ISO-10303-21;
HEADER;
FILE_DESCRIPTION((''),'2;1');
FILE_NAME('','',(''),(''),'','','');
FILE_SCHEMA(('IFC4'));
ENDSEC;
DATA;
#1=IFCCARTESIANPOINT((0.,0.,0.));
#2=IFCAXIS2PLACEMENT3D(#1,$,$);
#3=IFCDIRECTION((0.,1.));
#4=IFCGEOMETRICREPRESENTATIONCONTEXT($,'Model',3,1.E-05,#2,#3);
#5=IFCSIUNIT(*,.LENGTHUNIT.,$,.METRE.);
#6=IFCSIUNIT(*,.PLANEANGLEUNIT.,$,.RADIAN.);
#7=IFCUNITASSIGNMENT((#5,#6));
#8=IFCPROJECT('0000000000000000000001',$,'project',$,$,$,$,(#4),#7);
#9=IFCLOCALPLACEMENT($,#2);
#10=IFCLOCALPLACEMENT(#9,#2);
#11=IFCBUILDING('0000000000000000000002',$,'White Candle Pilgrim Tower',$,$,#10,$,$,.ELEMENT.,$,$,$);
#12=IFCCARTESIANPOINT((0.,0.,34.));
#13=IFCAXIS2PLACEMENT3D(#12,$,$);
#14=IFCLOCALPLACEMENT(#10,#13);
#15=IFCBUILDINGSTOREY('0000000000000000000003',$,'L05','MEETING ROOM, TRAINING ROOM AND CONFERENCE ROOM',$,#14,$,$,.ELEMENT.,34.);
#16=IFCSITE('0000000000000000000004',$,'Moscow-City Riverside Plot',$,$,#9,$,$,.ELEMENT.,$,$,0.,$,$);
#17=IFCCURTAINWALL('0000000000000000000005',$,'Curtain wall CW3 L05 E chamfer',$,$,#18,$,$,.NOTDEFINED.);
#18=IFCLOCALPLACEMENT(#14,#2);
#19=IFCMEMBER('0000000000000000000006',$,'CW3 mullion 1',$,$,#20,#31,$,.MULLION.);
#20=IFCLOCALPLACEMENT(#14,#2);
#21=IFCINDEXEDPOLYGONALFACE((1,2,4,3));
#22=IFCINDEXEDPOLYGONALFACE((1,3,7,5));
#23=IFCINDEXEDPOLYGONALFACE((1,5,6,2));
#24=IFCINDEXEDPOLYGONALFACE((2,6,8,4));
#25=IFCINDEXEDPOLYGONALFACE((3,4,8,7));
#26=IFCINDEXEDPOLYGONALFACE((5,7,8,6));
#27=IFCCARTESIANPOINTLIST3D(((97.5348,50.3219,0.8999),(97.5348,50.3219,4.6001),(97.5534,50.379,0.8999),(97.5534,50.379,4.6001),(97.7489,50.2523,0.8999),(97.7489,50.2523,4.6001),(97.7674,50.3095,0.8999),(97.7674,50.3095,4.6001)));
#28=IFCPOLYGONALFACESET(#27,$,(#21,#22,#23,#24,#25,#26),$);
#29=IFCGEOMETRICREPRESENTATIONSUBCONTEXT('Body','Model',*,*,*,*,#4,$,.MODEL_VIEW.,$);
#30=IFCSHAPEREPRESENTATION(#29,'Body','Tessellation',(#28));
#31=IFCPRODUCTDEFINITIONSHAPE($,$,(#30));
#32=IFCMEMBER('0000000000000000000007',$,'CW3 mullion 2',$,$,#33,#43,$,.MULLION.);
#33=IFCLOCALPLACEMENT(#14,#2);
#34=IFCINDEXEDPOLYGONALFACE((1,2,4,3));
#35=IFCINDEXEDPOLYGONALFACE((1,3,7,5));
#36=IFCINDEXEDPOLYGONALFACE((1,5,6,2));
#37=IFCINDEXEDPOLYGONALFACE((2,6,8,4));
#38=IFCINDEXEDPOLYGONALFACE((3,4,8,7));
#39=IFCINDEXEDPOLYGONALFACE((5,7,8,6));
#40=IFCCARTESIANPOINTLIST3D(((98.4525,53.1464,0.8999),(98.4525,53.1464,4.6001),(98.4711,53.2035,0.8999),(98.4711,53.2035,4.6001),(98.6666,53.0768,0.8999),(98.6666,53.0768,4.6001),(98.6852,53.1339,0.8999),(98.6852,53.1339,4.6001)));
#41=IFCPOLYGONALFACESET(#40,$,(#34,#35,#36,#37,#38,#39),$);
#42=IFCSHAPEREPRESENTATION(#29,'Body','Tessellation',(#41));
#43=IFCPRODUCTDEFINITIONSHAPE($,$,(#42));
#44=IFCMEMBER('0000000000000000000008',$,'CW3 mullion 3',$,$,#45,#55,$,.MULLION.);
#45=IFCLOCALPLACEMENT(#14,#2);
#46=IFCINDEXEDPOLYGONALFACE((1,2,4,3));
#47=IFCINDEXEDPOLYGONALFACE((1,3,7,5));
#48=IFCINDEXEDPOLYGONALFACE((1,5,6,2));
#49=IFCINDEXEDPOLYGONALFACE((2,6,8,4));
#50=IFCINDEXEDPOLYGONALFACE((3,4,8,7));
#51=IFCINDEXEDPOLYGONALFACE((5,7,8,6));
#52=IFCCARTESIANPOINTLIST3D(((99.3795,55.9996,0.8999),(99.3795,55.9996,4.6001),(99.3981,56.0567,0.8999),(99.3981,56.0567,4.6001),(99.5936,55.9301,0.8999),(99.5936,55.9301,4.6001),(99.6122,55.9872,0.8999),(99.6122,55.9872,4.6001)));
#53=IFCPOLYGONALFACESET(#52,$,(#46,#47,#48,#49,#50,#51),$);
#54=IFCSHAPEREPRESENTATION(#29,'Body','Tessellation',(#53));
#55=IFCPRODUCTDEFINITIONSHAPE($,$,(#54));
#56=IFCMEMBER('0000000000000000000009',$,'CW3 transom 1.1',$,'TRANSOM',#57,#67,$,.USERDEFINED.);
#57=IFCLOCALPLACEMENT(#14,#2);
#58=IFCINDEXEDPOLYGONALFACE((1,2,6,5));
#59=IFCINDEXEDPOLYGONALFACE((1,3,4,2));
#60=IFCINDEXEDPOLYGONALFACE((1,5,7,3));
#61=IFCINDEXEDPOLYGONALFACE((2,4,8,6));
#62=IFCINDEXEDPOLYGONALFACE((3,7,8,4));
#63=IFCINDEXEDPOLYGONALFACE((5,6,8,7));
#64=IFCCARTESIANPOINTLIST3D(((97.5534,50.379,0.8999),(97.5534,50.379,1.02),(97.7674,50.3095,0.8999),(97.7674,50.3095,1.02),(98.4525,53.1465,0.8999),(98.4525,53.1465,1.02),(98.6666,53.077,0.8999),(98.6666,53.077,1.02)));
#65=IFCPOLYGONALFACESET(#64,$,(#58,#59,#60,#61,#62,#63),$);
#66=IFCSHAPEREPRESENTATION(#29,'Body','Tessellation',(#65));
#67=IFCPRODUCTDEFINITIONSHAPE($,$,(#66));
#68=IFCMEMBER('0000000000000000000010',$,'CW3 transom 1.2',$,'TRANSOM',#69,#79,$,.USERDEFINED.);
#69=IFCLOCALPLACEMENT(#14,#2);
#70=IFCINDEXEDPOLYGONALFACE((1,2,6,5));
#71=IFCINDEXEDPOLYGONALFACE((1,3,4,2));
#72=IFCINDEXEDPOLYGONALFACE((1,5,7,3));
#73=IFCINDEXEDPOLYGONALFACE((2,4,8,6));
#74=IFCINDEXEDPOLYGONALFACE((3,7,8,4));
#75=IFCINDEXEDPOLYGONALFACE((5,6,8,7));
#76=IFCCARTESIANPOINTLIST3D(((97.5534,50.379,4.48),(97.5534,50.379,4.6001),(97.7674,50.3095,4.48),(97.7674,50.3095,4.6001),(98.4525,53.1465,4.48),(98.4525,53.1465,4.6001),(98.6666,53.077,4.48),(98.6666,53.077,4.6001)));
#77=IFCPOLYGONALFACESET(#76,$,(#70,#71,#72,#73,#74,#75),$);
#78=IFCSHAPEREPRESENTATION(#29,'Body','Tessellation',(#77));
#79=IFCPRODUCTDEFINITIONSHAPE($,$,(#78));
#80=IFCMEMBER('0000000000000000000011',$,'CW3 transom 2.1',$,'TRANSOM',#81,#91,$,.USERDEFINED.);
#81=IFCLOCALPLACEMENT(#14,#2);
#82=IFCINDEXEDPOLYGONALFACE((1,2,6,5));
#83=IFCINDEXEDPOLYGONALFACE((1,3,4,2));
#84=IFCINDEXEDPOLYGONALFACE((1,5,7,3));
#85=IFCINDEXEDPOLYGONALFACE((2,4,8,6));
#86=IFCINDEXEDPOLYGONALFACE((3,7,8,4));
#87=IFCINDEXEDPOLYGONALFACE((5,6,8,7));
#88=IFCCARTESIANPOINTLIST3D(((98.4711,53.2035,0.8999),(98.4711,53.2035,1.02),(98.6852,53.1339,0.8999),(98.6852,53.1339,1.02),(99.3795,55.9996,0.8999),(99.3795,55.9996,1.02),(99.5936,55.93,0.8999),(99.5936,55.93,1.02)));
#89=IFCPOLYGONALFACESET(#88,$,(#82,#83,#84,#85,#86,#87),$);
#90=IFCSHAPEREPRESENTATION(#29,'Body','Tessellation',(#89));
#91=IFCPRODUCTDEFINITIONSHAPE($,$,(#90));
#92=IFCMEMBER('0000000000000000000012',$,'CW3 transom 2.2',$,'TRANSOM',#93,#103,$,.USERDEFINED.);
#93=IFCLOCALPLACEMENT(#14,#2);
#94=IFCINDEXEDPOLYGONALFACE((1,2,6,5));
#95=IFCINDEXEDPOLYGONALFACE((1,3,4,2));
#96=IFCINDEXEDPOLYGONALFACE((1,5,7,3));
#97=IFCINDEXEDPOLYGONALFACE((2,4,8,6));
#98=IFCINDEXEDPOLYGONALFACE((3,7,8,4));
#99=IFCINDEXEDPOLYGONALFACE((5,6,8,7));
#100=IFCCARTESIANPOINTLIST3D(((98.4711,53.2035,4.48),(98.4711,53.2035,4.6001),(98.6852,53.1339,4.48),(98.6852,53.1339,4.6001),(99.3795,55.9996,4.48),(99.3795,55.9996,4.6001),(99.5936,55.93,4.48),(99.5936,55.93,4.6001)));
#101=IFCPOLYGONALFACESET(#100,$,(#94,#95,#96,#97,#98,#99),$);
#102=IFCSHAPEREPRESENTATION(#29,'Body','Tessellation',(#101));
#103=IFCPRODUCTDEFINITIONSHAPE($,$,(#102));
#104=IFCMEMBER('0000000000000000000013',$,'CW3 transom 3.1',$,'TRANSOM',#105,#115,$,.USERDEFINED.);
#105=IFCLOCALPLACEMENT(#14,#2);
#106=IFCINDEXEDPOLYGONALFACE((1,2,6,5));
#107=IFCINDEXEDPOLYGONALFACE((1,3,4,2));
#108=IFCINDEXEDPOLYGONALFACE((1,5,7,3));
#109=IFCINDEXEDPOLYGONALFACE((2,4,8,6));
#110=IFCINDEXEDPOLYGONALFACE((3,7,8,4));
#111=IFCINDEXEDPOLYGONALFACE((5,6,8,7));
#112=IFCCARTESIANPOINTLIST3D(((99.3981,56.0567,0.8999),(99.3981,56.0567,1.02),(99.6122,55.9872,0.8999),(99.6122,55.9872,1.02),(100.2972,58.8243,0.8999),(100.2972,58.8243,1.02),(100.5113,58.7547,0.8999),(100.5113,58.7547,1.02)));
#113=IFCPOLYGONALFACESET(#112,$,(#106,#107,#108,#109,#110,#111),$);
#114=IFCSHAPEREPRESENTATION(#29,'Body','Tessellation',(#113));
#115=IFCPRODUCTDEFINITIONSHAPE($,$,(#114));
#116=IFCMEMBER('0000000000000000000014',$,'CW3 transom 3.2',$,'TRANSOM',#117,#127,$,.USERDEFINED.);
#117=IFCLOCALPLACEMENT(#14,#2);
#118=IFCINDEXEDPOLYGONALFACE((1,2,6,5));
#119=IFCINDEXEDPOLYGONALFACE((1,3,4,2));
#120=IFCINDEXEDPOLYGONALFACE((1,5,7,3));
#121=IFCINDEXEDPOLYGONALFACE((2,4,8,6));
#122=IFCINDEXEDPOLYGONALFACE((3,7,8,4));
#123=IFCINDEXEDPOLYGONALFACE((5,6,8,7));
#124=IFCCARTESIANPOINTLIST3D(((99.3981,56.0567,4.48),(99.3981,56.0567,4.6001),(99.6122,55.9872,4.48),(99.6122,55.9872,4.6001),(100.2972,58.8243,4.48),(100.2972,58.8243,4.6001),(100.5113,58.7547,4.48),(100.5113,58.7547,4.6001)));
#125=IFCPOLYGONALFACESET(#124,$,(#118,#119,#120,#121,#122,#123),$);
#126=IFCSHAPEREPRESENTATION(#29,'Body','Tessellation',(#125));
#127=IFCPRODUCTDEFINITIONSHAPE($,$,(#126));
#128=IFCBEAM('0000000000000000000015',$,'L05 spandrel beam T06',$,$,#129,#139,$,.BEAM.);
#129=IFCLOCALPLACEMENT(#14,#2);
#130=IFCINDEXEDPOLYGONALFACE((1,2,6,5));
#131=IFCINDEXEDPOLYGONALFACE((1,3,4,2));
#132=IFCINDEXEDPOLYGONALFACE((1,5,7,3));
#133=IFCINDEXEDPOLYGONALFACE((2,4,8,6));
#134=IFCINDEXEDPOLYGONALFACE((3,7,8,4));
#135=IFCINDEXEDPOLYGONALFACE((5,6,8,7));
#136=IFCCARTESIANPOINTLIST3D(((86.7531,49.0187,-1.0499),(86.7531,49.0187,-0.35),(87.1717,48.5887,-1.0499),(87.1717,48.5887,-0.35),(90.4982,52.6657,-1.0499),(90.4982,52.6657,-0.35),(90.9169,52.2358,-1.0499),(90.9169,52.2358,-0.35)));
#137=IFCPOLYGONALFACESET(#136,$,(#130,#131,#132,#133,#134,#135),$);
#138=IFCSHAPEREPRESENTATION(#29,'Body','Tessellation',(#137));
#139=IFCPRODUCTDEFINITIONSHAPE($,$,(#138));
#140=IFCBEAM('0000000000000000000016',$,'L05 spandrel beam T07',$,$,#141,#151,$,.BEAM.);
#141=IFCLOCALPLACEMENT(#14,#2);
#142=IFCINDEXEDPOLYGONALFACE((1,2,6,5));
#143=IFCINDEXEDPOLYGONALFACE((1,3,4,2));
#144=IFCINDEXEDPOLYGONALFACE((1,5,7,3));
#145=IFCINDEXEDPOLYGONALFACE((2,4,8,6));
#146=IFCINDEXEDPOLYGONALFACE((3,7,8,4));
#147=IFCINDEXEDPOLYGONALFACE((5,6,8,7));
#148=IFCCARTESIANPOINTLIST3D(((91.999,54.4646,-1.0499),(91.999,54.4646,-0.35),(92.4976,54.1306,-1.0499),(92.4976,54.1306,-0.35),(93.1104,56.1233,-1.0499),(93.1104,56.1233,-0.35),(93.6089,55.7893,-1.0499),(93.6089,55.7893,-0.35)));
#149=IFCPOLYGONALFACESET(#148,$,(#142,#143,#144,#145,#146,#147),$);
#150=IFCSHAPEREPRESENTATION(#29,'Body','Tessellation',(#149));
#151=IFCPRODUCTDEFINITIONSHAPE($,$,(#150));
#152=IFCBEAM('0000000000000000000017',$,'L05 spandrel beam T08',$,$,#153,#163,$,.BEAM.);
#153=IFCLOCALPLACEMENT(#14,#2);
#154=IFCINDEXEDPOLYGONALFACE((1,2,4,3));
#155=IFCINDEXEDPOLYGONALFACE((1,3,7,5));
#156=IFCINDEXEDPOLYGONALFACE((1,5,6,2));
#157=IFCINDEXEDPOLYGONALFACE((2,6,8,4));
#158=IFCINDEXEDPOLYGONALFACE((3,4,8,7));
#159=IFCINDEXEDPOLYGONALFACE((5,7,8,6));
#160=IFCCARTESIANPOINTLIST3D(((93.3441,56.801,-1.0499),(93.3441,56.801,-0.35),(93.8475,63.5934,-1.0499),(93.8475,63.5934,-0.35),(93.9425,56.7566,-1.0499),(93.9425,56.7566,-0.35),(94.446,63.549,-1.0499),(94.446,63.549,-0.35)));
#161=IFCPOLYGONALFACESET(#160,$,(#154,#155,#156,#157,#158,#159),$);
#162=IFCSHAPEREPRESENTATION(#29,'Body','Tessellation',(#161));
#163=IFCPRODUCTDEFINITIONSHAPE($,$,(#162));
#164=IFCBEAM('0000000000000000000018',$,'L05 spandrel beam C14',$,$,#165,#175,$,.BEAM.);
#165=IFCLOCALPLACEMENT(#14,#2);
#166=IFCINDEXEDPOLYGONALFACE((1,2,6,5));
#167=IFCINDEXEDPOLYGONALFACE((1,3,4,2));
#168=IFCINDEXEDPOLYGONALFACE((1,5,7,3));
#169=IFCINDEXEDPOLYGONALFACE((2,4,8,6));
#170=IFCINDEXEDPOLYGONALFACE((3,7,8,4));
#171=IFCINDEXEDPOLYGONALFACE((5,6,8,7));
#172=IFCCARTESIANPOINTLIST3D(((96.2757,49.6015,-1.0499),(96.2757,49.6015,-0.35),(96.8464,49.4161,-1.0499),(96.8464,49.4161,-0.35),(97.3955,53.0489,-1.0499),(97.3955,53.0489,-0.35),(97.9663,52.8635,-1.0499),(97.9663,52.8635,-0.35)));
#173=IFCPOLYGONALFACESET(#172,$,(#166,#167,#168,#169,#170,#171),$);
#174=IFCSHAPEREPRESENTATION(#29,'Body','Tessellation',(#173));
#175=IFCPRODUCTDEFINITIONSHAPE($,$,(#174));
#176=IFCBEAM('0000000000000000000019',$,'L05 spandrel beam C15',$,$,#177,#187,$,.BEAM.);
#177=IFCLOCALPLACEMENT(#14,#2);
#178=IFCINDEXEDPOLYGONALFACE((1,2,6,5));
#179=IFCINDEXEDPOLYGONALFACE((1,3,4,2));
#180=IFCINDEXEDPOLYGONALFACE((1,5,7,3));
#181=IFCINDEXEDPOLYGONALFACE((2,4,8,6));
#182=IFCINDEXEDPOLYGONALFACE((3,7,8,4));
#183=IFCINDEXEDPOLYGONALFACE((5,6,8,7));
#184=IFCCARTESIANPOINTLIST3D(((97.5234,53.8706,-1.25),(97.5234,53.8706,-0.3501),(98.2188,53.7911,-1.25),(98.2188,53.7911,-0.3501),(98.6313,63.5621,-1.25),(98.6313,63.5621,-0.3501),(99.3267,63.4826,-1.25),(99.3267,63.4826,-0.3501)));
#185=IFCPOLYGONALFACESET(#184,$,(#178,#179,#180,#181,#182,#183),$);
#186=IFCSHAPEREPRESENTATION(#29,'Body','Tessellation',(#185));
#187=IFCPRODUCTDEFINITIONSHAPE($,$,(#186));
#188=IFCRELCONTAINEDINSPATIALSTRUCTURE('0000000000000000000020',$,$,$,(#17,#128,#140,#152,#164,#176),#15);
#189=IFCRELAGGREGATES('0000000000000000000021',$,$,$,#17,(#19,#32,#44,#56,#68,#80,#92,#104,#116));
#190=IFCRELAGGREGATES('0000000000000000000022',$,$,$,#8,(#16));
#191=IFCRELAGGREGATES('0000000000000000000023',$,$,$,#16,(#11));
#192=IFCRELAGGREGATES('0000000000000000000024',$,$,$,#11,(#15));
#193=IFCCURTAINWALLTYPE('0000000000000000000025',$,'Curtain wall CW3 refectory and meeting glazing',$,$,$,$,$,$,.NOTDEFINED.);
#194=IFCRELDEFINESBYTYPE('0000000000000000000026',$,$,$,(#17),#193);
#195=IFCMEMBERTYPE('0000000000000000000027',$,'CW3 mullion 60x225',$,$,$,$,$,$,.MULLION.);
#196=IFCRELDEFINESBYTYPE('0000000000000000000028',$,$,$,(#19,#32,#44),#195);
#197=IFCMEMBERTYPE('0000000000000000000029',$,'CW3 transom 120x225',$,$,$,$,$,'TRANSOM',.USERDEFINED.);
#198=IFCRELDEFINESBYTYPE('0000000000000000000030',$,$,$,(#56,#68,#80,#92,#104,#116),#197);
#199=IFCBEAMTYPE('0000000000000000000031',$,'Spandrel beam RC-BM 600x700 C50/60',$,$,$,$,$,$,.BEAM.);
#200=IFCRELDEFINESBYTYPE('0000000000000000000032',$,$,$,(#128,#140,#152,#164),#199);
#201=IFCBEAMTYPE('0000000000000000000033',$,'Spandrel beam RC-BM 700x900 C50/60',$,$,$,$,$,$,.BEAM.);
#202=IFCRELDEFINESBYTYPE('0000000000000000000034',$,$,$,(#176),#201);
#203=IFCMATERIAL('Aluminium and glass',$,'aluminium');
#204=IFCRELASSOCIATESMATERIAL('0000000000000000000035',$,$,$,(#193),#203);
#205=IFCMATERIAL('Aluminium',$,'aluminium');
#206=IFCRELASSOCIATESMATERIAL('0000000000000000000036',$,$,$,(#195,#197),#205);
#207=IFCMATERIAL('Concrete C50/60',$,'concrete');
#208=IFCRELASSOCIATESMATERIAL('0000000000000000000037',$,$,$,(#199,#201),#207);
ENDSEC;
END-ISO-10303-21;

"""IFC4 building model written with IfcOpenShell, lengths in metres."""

from ifc_helpers import new_model, si_unit, direction, frame, origin, origin_2d, place, context, subcontext, project, spatial, rectangle, extrude, material, material_profile, profile_set, type_object, element, aggregate, save


model = new_model("IFC4")

# Units and contexts
model_context = context("Model", 3, precision=1e-05, world=origin(), true_north=direction((0.0, 1.0)))
body_context = subcontext(model_context, "Body", "Model", "MODEL_VIEW")
ifc_project = project(units=[si_unit("LENGTHUNIT", "METRE"), si_unit("PLANEANGLEUNIT", "RADIAN")], contexts=[model_context])

# Site, building, storey
site_placement = place(None, origin())
site = spatial("IfcSite", under=ifc_project, at=site_placement, Name="Moscow-City Riverside Plot", CompositionType="ELEMENT", RefElevation=0.0)
building_placement = place(site_placement, origin())
building = spatial("IfcBuilding", under=site, at=building_placement, Name="White Candle Pilgrim Tower", CompositionType="ELEMENT")
storey_placement = place(building_placement, frame((0.0, 0.0, 34.0)))
storey = spatial("IfcBuildingStorey", under=building, at=storey_placement, Name="L05", Description="MEETING ROOM, TRAINING ROOM AND CONFERENCE ROOM", CompositionType="ELEMENT", Elevation=34.0)

# Curtain wall, members
ifc_material_1 = material(Name="Aluminium and glass", Category="aluminium")
curtain_wall_type = type_object("IfcCurtainWallType", Name="Curtain wall CW3 refectory and meeting glazing", PredefinedType="NOTDEFINED", material=ifc_material_1)
curtain_wall_placement = place(storey_placement, origin())
curtain_wall = element("IfcCurtainWall", 1, at=curtain_wall_placement, inside=storey, type_object=curtain_wall_type, Name="Curtain wall CW3 L05 E chamfer", PredefinedType="NOTDEFINED")
ifc_material_2 = material(Name="Aluminium", Category="aluminium")
ifc_material_profile_1 = material_profile(ifc_material_2, rectangle(XDim=0.2251, YDim=0.0601, at=origin_2d()), Name="CW3 mullion 60x225")
ifc_profile_set_1 = profile_set([ifc_material_profile_1], Name="Aluminium")
member_type_1 = type_object("IfcMemberType", Name="CW3 mullion 60x225", PredefinedType="MULLION", material=ifc_profile_set_1)
member_1_placement = place(storey_placement, frame((97.6511, 50.3157, 0.8999), z_axis=(0.0, 0.0, 1.0), x_axis=(-0.951057, 0.309017, 0.0)))
member_1 = element("IfcMember", 2, at=member_1_placement, type_object=member_type_1, Name="CW3 mullion 1", PredefinedType="MULLION", context=body_context, shape_type="SweptSolid", body=[
    extrude(rectangle(XDim=0.2251, YDim=0.0601, at=origin_2d()), origin(), (0.0, 0.0, 1.0), 3.7002),
])
member_2_placement = place(storey_placement, frame((98.5688, 53.1401, 0.8999), z_axis=(0.0, 0.0, 1.0), x_axis=(-0.951057, 0.309017, 0.0)))
member_2 = element("IfcMember", 3, at=member_2_placement, type_object=member_type_1, Name="CW3 mullion 2", PredefinedType="MULLION", context=body_context, shape_type="SweptSolid", body=[
    extrude(rectangle(XDim=0.2251, YDim=0.0601, at=origin_2d()), origin(), (0.0, 0.0, 1.0), 3.7002),
])
member_3_placement = place(storey_placement, frame((99.4958, 55.9934, 0.8999), z_axis=(0.0, 0.0, 1.0), x_axis=(-0.951057, 0.309017, 0.0)))
member_3 = element("IfcMember", 4, at=member_3_placement, type_object=member_type_1, Name="CW3 mullion 3", PredefinedType="MULLION", context=body_context, shape_type="SweptSolid", body=[
    extrude(rectangle(XDim=0.2251, YDim=0.0601, at=origin_2d()), origin(), (0.0, 0.0, 1.0), 3.7002),
])
ifc_material_profile_2 = material_profile(ifc_material_2, rectangle(XDim=0.2251, YDim=0.1201, at=origin_2d()), Name="CW3 transom 120x225")
ifc_profile_set_2 = profile_set([ifc_material_profile_2], Name="Aluminium")
member_type_2 = type_object("IfcMemberType", Name="CW3 transom 120x225", ElementType="TRANSOM", PredefinedType="USERDEFINED", material=ifc_profile_set_2)
member_4_placement = place(storey_placement, frame((97.6604, 50.3442, 0.96), z_axis=(0.308995, 0.951064, 0.0), x_axis=(-0.951064, 0.308995, 0.0)))
member_4 = element("IfcMember", 5, at=member_4_placement, type_object=member_type_2, Name="CW3 transom 1.1", ObjectType="TRANSOM", PredefinedType="USERDEFINED", context=body_context, shape_type="SweptSolid", body=[
    extrude(rectangle(XDim=0.2251, YDim=0.1201, at=origin_2d()), origin(), (0.0, 0.0, 1.0), 2.9099),
])
member_5_placement = place(storey_placement, frame((97.6604, 50.3442, 4.54), z_axis=(0.308995, 0.951064, 0.0), x_axis=(-0.951064, 0.308995, 0.0)))
member_5 = element("IfcMember", 6, at=member_5_placement, type_object=member_type_2, Name="CW3 transom 1.2", ObjectType="TRANSOM", PredefinedType="USERDEFINED", context=body_context, shape_type="SweptSolid", body=[
    extrude(rectangle(XDim=0.2251, YDim=0.1201, at=origin_2d()), origin(), (0.0, 0.0, 1.0), 2.9099),
])
member_6_placement = place(storey_placement, frame((98.5781, 53.1687, 0.96), z_axis=(0.308994, 0.951064, 0.0), x_axis=(-0.951064, 0.308994, 0.0)))
member_6 = element("IfcMember", 7, at=member_6_placement, type_object=member_type_2, Name="CW3 transom 2.1", ObjectType="TRANSOM", PredefinedType="USERDEFINED", context=body_context, shape_type="SweptSolid", body=[
    extrude(rectangle(XDim=0.2251, YDim=0.1201, at=origin_2d()), origin(), (0.0, 0.0, 1.0), 2.9399),
])
member_7_placement = place(storey_placement, frame((98.5781, 53.1687, 4.54), z_axis=(0.308994, 0.951064, 0.0), x_axis=(-0.951064, 0.308994, 0.0)))
member_7 = element("IfcMember", 8, at=member_7_placement, type_object=member_type_2, Name="CW3 transom 2.2", ObjectType="TRANSOM", PredefinedType="USERDEFINED", context=body_context, shape_type="SweptSolid", body=[
    extrude(rectangle(XDim=0.2251, YDim=0.1201, at=origin_2d()), origin(), (0.0, 0.0, 1.0), 2.9399),
])
member_8_placement = place(storey_placement, frame((99.5051, 56.022, 0.96), z_axis=(0.308995, 0.951064, 0.0), x_axis=(-0.951064, 0.308995, 0.0)))
member_8 = element("IfcMember", 9, at=member_8_placement, type_object=member_type_2, Name="CW3 transom 3.1", ObjectType="TRANSOM", PredefinedType="USERDEFINED", context=body_context, shape_type="SweptSolid", body=[
    extrude(rectangle(XDim=0.2251, YDim=0.1201, at=origin_2d()), origin(), (0.0, 0.0, 1.0), 2.9099),
])
member_9_placement = place(storey_placement, frame((99.5051, 56.022, 4.54), z_axis=(0.308995, 0.951064, 0.0), x_axis=(-0.951064, 0.308995, 0.0)))
member_9 = element("IfcMember", 10, at=member_9_placement, type_object=member_type_2, Name="CW3 transom 3.2", ObjectType="TRANSOM", PredefinedType="USERDEFINED", context=body_context, shape_type="SweptSolid", body=[
    extrude(rectangle(XDim=0.2251, YDim=0.1201, at=origin_2d()), origin(), (0.0, 0.0, 1.0), 2.9099),
])

# Beams
ifc_material_3 = material(Name="Concrete C50/60", Category="concrete")
ifc_material_profile_3 = material_profile(ifc_material_3, rectangle(XDim=0.6001, YDim=0.7, at=origin_2d()), Name="RC-BM 600x700")
ifc_profile_set_3 = profile_set([ifc_material_profile_3], Name="Concrete C50/60")
beam_type_1 = type_object("IfcBeamType", Name="Spandrel beam RC-BM 600x700 C50/60", PredefinedType="BEAM", material=ifc_profile_set_3)
beam_1_placement = place(storey_placement, frame((86.9624, 48.8037, -0.7), z_axis=(0.716432, 0.697657, 0.0), x_axis=(-0.697657, 0.716432, 0.0)))
element("IfcBeam", 11, at=beam_1_placement, inside=storey, type_object=beam_type_1, Name="L05 spandrel beam T06", PredefinedType="BEAM", context=body_context, shape_type="SweptSolid", body=[
    extrude(rectangle(XDim=0.6001, YDim=0.7, at=origin_2d()), origin(), (0.0, 0.0, 1.0), 5.2275),
])
beam_2_placement = place(storey_placement, frame((92.2483, 54.2976, -0.7), z_axis=(0.556618, 0.830769, 0.0), x_axis=(-0.830769, 0.556618, 0.0)))
element("IfcBeam", 12, at=beam_2_placement, inside=storey, type_object=beam_type_1, Name="L05 spandrel beam T07", PredefinedType="BEAM", context=body_context, shape_type="SweptSolid", body=[
    extrude(rectangle(XDim=0.6001, YDim=0.7, at=origin_2d()), origin(), (0.0, 0.0, 1.0), 1.9966),
])
beam_3_placement = place(storey_placement, frame((93.6433, 56.7788, -0.7), z_axis=(0.073911, 0.997265, 0.0), x_axis=(-0.997265, 0.073911, 0.0)))
element("IfcBeam", 13, at=beam_3_placement, inside=storey, type_object=beam_type_1, Name="L05 spandrel beam T08", PredefinedType="BEAM", context=body_context, shape_type="SweptSolid", body=[
    extrude(rectangle(XDim=0.6001, YDim=0.7, at=origin_2d()), origin(), (0.0, 0.0, 1.0), 6.811),
])
beam_4_placement = place(storey_placement, frame((96.561, 49.5088, -0.7), z_axis=(0.308944, 0.95108, 0.0), x_axis=(-0.95108, 0.308944, 0.0)))
element("IfcBeam", 14, at=beam_4_placement, inside=storey, type_object=beam_type_1, Name="L05 spandrel beam C14", PredefinedType="BEAM", context=body_context, shape_type="SweptSolid", body=[
    extrude(rectangle(XDim=0.6001, YDim=0.7, at=origin_2d()), origin(), (0.0, 0.0, 1.0), 3.6248),
])
ifc_material_profile_4 = material_profile(ifc_material_3, rectangle(XDim=0.7, YDim=0.8999, at=origin_2d()), Name="RC-BM 700x900")
ifc_profile_set_4 = profile_set([ifc_material_profile_4], Name="Concrete C50/60")
beam_type_2 = type_object("IfcBeamType", Name="Spandrel beam RC-BM 700x900 C50/60", PredefinedType="BEAM", material=ifc_profile_set_4)
beam_5_placement = place(storey_placement, frame((97.8711, 53.8308, -0.8), z_axis=(0.113579, 0.993529, 0.0), x_axis=(-0.993529, 0.113579, 0.0)))
element("IfcBeam", 15, at=beam_5_placement, inside=storey, type_object=beam_type_2, Name="L05 spandrel beam C15", PredefinedType="BEAM", context=body_context, shape_type="SweptSolid", body=[
    extrude(rectangle(XDim=0.7, YDim=0.8999, at=origin_2d()), origin(), (0.0, 0.0, 1.0), 9.7546),
])

aggregate(curtain_wall, [member_1, member_2, member_3, member_4, member_5, member_6, member_7, member_8, member_9])

save(model, "model.ifc")
